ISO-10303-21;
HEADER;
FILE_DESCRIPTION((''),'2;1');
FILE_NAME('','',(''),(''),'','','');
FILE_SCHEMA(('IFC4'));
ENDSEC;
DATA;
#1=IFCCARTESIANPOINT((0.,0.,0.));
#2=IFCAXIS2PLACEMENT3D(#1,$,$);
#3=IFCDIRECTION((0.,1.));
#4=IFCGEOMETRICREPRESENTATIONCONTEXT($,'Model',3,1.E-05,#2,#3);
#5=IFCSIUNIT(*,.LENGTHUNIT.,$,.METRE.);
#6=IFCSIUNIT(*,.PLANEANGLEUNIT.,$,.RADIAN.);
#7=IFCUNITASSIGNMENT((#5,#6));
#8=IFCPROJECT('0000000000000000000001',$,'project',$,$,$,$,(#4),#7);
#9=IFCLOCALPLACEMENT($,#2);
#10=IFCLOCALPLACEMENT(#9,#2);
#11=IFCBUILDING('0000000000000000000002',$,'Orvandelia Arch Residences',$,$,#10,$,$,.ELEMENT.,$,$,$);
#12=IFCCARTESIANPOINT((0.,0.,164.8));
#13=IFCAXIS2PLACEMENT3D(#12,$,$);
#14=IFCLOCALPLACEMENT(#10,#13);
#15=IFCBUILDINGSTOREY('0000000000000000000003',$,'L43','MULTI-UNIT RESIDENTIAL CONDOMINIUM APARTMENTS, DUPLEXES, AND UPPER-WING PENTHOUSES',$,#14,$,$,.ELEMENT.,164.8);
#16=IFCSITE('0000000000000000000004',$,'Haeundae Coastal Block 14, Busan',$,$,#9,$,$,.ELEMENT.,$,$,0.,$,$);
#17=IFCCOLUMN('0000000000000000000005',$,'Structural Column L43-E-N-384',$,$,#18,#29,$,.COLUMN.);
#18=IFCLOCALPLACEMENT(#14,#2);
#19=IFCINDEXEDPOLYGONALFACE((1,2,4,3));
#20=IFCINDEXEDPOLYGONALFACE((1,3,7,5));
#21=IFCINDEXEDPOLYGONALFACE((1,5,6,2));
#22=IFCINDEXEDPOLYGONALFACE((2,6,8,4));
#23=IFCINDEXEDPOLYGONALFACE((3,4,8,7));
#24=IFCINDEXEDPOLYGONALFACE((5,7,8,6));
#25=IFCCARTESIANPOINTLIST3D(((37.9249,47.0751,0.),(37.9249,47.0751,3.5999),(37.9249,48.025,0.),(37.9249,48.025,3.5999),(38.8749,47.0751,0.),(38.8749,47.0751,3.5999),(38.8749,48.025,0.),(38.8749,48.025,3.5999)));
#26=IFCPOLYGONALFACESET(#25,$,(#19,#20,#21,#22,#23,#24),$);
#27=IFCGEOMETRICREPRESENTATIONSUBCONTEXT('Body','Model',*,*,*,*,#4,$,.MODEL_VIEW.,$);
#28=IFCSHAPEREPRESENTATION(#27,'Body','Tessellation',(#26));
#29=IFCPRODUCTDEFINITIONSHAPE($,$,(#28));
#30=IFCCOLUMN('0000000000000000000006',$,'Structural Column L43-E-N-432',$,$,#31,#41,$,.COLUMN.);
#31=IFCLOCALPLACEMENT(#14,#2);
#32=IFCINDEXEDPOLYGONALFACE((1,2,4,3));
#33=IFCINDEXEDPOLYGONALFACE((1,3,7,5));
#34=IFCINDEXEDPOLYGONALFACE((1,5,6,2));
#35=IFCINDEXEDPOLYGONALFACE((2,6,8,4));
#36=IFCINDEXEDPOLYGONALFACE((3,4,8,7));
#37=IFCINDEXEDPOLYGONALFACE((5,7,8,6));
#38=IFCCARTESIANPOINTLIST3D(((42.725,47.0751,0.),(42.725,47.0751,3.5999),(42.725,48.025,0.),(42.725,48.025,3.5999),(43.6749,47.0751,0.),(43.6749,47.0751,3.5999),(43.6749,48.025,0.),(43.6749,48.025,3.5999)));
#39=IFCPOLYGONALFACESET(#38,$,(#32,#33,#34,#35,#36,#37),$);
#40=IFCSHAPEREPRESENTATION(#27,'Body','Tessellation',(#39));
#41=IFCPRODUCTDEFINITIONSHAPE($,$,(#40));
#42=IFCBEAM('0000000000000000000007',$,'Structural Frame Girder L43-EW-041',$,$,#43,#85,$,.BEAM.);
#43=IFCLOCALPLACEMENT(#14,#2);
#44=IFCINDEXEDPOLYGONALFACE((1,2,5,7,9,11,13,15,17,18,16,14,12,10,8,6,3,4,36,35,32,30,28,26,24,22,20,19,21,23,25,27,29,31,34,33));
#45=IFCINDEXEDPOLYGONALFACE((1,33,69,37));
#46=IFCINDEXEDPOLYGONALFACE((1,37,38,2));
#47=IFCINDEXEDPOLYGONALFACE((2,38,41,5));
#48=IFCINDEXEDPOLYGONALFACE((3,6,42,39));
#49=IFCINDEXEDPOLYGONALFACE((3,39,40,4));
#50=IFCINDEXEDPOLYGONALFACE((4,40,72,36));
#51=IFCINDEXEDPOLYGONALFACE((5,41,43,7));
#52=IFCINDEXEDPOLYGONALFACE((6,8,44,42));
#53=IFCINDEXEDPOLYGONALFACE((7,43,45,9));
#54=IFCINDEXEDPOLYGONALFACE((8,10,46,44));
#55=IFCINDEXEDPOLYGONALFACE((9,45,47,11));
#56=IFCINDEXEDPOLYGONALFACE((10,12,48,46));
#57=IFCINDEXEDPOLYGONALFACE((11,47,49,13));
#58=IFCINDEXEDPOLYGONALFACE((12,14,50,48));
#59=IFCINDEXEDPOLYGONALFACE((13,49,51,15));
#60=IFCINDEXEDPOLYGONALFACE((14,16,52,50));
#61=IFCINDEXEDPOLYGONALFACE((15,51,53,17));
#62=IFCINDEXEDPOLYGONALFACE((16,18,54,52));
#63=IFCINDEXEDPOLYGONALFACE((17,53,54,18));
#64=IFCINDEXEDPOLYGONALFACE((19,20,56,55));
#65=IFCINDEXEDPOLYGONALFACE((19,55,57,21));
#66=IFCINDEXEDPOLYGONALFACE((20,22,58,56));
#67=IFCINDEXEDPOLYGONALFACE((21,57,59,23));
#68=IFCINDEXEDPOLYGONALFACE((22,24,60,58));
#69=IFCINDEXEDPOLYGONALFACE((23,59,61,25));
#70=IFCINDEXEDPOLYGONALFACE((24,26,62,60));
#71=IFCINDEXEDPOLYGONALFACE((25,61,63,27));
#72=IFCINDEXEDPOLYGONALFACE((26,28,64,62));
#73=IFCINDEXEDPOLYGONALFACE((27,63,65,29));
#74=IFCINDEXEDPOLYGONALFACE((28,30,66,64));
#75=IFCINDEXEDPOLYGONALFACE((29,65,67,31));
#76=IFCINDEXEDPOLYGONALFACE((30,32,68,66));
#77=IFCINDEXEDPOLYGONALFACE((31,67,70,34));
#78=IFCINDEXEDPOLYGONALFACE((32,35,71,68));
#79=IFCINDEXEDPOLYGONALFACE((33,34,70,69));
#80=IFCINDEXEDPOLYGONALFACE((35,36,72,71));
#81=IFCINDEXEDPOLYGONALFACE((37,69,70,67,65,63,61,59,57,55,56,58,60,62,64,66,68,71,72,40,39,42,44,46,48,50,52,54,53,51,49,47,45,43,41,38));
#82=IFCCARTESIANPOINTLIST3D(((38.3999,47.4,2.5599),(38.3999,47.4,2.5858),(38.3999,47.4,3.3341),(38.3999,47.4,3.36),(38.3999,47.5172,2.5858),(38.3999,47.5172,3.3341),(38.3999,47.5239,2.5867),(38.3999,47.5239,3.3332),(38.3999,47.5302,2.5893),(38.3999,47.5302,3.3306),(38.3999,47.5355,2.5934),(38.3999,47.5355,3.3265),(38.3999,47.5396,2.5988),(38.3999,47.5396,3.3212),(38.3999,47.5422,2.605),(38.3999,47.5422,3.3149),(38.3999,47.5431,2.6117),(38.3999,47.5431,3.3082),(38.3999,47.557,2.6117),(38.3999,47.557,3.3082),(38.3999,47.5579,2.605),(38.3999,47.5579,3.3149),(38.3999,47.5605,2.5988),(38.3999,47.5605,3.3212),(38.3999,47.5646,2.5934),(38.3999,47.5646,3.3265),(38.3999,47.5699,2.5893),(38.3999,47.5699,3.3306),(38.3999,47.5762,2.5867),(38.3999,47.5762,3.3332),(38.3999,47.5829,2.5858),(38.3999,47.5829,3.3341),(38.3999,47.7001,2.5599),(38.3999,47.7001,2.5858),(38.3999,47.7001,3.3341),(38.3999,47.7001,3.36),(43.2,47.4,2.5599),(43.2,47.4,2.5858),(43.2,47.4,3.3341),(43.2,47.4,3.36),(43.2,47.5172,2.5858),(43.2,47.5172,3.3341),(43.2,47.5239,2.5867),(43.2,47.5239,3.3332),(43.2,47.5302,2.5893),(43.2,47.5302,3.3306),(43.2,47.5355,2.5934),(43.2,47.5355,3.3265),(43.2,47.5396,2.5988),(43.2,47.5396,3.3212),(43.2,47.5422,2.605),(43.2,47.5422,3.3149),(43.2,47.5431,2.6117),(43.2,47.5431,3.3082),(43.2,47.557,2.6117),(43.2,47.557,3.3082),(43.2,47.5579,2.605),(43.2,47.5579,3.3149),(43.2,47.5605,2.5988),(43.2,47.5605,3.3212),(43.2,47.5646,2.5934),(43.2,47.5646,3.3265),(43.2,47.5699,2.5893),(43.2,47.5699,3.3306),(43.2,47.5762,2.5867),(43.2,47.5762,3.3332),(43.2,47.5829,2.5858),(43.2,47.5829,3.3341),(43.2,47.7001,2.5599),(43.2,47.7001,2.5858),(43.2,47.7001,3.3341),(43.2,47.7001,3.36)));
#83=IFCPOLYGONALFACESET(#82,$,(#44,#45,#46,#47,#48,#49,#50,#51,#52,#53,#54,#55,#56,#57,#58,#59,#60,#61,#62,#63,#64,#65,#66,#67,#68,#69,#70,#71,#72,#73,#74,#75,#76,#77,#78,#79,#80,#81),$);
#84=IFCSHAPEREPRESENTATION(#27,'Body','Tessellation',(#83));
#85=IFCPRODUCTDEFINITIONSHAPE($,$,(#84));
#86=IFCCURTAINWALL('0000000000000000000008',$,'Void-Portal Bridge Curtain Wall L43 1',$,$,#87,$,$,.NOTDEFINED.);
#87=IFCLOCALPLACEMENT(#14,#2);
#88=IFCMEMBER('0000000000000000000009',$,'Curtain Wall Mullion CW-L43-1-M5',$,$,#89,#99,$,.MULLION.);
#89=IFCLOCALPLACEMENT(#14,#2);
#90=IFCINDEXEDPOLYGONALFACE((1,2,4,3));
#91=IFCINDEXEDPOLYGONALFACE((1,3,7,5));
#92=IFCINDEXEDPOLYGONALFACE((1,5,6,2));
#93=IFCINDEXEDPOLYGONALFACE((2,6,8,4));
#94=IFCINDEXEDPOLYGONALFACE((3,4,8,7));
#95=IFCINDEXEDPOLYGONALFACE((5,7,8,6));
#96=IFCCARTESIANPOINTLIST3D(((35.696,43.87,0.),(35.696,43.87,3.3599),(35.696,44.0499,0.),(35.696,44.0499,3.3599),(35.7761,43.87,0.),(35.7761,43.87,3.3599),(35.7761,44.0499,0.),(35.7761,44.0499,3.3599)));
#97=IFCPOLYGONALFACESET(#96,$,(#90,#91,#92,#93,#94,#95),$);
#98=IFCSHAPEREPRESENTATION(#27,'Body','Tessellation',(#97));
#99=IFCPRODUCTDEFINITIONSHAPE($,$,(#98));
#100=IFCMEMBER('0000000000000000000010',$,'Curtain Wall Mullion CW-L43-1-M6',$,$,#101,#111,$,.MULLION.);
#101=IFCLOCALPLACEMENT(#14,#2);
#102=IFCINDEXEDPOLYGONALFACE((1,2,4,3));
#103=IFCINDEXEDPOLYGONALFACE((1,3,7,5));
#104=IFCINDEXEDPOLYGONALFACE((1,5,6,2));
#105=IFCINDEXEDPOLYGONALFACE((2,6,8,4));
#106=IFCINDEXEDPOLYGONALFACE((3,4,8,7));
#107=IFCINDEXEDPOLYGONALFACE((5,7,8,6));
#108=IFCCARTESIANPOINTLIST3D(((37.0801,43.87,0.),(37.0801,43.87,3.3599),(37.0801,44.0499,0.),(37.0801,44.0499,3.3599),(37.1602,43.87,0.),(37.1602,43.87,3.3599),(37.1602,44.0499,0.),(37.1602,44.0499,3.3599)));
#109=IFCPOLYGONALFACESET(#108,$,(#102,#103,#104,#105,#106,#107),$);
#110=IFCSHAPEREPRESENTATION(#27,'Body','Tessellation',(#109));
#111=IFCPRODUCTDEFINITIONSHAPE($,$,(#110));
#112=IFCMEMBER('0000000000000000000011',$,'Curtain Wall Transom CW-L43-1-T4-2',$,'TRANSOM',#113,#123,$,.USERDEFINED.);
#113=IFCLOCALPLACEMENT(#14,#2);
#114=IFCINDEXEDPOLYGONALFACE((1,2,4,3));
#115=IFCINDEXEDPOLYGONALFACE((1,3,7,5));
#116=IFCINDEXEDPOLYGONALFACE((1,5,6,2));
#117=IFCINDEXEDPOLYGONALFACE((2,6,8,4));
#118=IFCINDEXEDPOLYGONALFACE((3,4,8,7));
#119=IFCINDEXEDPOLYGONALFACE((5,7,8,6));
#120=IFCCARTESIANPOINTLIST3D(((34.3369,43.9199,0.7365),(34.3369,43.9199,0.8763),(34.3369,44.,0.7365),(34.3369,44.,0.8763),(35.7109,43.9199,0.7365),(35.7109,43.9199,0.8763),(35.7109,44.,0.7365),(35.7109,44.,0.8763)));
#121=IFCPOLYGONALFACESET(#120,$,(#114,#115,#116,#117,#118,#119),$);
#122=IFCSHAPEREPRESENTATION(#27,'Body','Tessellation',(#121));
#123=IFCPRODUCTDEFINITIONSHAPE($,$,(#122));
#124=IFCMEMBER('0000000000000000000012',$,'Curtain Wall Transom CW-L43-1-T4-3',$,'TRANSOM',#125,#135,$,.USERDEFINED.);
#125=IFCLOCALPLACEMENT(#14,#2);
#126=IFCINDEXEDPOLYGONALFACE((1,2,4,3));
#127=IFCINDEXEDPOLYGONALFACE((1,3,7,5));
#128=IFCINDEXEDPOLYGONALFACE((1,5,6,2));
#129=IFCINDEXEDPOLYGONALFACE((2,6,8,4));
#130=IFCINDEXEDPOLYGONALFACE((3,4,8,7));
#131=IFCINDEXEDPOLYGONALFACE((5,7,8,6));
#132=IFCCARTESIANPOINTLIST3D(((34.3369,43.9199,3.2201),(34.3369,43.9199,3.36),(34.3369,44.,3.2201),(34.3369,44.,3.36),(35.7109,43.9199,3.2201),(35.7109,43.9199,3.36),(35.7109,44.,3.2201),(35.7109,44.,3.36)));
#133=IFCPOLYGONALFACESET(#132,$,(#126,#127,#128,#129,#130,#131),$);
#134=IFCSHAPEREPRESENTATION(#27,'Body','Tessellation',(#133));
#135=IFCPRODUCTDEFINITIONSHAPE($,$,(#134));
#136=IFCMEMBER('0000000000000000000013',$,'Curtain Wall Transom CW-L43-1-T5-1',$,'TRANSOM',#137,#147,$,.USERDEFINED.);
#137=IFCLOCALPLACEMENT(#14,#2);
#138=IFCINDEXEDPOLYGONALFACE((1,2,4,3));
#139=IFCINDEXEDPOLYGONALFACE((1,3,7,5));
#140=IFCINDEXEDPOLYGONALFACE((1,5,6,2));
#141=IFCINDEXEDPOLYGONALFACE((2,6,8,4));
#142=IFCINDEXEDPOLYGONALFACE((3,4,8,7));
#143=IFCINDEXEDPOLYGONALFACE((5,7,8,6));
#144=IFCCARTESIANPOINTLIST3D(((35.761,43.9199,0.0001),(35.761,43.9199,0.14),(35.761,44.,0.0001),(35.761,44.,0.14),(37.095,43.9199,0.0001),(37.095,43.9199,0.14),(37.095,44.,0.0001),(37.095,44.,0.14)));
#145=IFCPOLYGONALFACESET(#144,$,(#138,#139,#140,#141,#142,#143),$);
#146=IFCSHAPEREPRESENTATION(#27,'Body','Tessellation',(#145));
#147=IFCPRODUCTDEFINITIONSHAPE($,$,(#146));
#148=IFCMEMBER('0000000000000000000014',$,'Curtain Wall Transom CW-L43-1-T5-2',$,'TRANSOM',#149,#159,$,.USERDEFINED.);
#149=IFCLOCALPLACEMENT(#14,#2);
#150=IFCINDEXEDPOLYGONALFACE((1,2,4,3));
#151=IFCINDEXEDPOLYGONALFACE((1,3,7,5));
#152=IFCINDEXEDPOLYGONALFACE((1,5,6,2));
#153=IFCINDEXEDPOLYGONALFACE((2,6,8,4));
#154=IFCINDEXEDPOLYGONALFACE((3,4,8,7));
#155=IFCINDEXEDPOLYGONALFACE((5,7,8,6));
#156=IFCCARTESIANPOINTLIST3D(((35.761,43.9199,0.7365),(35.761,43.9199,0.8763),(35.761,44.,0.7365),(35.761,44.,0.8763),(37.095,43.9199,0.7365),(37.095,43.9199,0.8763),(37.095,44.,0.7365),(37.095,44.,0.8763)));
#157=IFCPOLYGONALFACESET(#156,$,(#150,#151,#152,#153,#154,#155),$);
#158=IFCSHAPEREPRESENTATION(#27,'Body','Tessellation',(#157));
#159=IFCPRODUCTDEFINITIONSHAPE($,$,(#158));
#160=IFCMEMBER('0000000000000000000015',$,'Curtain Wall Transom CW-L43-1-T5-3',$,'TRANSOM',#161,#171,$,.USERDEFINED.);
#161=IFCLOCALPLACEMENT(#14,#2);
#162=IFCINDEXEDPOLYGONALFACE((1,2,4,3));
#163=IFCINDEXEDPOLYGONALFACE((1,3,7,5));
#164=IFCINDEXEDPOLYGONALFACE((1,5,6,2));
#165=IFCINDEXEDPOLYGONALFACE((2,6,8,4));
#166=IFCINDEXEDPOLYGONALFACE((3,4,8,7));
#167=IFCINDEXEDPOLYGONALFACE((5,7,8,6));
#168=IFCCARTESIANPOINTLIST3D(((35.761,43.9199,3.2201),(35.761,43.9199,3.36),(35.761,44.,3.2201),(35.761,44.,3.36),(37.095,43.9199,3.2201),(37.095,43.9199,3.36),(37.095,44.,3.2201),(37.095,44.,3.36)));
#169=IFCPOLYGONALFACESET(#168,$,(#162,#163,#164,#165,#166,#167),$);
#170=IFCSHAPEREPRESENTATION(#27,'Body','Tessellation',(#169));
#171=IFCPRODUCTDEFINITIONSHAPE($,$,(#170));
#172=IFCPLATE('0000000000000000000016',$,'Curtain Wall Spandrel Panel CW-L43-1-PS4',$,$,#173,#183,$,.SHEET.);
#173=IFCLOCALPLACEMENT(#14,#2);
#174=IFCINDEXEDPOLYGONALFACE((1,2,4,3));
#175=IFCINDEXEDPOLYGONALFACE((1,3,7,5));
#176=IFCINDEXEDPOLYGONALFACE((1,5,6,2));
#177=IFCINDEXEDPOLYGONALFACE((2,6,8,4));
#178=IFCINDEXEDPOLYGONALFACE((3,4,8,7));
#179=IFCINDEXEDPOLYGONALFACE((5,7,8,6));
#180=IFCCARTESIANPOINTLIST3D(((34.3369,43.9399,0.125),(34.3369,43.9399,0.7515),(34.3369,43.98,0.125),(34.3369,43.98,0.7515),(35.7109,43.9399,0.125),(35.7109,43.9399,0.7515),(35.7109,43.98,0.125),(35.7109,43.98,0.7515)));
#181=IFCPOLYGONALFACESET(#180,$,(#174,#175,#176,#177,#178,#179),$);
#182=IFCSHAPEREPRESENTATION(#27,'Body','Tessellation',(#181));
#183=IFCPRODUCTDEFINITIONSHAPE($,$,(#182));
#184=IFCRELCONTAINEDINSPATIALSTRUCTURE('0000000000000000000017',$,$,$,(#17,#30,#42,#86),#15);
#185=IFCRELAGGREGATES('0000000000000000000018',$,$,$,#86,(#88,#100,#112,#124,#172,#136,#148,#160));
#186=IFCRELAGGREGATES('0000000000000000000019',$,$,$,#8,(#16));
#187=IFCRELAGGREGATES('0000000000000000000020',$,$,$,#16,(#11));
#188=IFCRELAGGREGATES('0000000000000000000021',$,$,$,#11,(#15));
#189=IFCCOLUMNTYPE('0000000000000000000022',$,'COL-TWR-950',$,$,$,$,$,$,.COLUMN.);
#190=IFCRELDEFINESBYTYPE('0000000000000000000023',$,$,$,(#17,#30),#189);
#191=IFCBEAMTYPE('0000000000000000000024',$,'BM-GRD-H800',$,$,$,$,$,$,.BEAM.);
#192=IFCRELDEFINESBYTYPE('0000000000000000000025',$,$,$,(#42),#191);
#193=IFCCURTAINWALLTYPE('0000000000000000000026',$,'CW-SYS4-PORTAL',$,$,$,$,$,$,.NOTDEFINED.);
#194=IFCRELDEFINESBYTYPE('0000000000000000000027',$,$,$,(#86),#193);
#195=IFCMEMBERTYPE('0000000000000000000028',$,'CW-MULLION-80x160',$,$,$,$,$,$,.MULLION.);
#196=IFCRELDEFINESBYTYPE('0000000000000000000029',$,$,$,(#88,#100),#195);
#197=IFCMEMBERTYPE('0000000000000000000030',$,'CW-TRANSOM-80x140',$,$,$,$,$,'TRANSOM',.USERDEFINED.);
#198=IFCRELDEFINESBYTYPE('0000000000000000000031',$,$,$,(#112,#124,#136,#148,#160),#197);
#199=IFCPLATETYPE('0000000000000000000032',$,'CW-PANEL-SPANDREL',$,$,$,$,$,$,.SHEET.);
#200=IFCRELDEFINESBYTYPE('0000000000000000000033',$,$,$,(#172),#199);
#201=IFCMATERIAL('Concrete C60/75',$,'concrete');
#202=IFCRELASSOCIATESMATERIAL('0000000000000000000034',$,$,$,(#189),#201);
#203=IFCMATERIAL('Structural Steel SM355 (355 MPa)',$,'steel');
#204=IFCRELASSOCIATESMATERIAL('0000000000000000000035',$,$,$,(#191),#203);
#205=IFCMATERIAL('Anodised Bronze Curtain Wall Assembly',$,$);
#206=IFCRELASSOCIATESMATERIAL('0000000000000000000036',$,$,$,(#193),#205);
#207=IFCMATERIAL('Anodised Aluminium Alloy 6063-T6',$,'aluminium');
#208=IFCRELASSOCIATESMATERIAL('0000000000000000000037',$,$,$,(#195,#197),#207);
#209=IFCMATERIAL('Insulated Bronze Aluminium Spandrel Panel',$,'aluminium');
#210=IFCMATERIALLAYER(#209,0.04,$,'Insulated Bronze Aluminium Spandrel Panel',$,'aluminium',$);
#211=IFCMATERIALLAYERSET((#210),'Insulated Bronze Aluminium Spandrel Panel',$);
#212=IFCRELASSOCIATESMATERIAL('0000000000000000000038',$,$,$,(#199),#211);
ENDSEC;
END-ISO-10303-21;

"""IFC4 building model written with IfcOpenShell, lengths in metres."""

from ifc_helpers import new_model, si_unit, direction, frame, origin, origin_2d, place, context, subcontext, project, spatial, rectangle, i_section, extrude, material, layer, layer_set, material_profile, profile_set, type_object, element, aggregate, save


model = new_model("IFC4")

# Units and contexts
model_context = context("Model", 3, precision=1e-05, world=origin(), true_north=direction((0.0, 1.0)))
body_context = subcontext(model_context, "Body", "Model", "MODEL_VIEW")
ifc_project = project(units=[si_unit("LENGTHUNIT", "METRE"), si_unit("PLANEANGLEUNIT", "RADIAN")], contexts=[model_context])

# Site, building, storey
site_placement = place(None, origin())
site = spatial("IfcSite", under=ifc_project, at=site_placement, Name="Haeundae Coastal Block 14, Busan", CompositionType="ELEMENT", RefElevation=0.0)
building_placement = place(site_placement, origin())
building = spatial("IfcBuilding", under=site, at=building_placement, Name="Orvandelia Arch Residences", CompositionType="ELEMENT")
storey_placement = place(building_placement, frame((0.0, 0.0, 164.8)))
storey = spatial("IfcBuildingStorey", under=building, at=storey_placement, Name="L43", Description="MULTI-UNIT RESIDENTIAL CONDOMINIUM APARTMENTS, DUPLEXES, AND UPPER-WING PENTHOUSES", CompositionType="ELEMENT", Elevation=164.8)

# Columns
ifc_material_1 = material(Name="Concrete C60/75", Category="concrete")
ifc_material_profile_1 = material_profile(ifc_material_1, rectangle(XDim=0.95, YDim=0.95, at=origin_2d()), Name="Concrete C60/75", Category="concrete")
ifc_profile_set_1 = profile_set([ifc_material_profile_1], Name="Concrete C60/75")
column_type = type_object("IfcColumnType", Name="COL-TWR-950", PredefinedType="COLUMN", material=ifc_profile_set_1)
for number, where, z_axis, x_axis, name in (
    (1, (38.3999, 47.55, 0.0), (0.0, 0.0, 1.0), (1.0, 0.0, 0.0), "Structural Column L43-E-N-384"),
    (2, (43.2, 47.55, 0.0), (0.0, 0.0, 1.0), (1.0, 0.0, 0.0), "Structural Column L43-E-N-432"),
):
    element("IfcColumn", number, at=place(storey_placement, frame(where, z_axis=z_axis, x_axis=x_axis)), inside=storey, type_object=column_type, Name=name, PredefinedType="COLUMN", context=body_context, shape_type="SweptSolid", body=[
        extrude(rectangle(XDim=0.95, YDim=0.95, at=origin_2d()), origin(), (0.0, 0.0, 1.0), 3.5999),
    ])

# Beam
ifc_material_2 = material(Name="Structural Steel SM355 (355 MPa)", Category="steel")
ifc_material_profile_2 = material_profile(ifc_material_2, i_section(OverallWidth=0.3, OverallDepth=0.8, WebThickness=0.0139, FlangeThickness=0.0259, FilletRadius=0.0259, at=origin_2d()), Name="Structural Steel SM355 (355 MPa)", Category="steel")
ifc_profile_set_2 = profile_set([ifc_material_profile_2], Name="Structural Steel SM355 (355 MPa)")
beam_type = type_object("IfcBeamType", Name="BM-GRD-H800", PredefinedType="BEAM", material=ifc_profile_set_2)
beam_placement = place(storey_placement, frame((38.3999, 47.55, 2.96), z_axis=(1.0, 0.0, 0.0), x_axis=(0.0, 1.0, 0.0)))
element("IfcBeam", 3, at=beam_placement, inside=storey, type_object=beam_type, Name="Structural Frame Girder L43-EW-041", PredefinedType="BEAM", context=body_context, shape_type="SweptSolid", body=[
    extrude(i_section(OverallWidth=0.3, OverallDepth=0.8, WebThickness=0.0139, FlangeThickness=0.0259, FilletRadius=0.0259, at=origin_2d()), origin(), (0.0, 0.0, 1.0), 4.8),
])

# Curtain wall, members, plate
ifc_material_3 = material(Name="Anodised Bronze Curtain Wall Assembly")
curtain_wall_type = type_object("IfcCurtainWallType", Name="CW-SYS4-PORTAL", PredefinedType="NOTDEFINED", material=ifc_material_3)
curtain_wall_placement = place(storey_placement, origin())
curtain_wall = element("IfcCurtainWall", 4, at=curtain_wall_placement, inside=storey, type_object=curtain_wall_type, Name="Void-Portal Bridge Curtain Wall L43 1", PredefinedType="NOTDEFINED")
ifc_material_4 = material(Name="Anodised Aluminium Alloy 6063-T6", Category="aluminium")
ifc_material_profile_3 = material_profile(ifc_material_4, rectangle(XDim=0.0801, YDim=0.1799, at=origin_2d()), Name="Anodised Aluminium Alloy 6063-T6", Category="aluminium")
ifc_profile_set_3 = profile_set([ifc_material_profile_3], Name="Anodised Aluminium Alloy 6063-T6")
member_type_1 = type_object("IfcMemberType", Name="CW-MULLION-80x160", PredefinedType="MULLION", material=ifc_profile_set_3)
member_1_placement = place(storey_placement, frame((35.7361, 43.96, 0.0), z_axis=(0.0, 0.0, 1.0), x_axis=(1.0, 0.0, 0.0)))
member_1 = element("IfcMember", 5, at=member_1_placement, type_object=member_type_1, Name="Curtain Wall Mullion CW-L43-1-M5", PredefinedType="MULLION", context=body_context, shape_type="SweptSolid", body=[
    extrude(rectangle(XDim=0.0801, YDim=0.1799, at=origin_2d()), origin(), (0.0, 0.0, 1.0), 3.3599),
])
member_2_placement = place(storey_placement, frame((37.1201, 43.96, 0.0), z_axis=(0.0, 0.0, 1.0), x_axis=(1.0, 0.0, 0.0)))
member_2 = element("IfcMember", 6, at=member_2_placement, type_object=member_type_1, Name="Curtain Wall Mullion CW-L43-1-M6", PredefinedType="MULLION", context=body_context, shape_type="SweptSolid", body=[
    extrude(rectangle(XDim=0.0801, YDim=0.1799, at=origin_2d()), origin(), (0.0, 0.0, 1.0), 3.3599),
])
ifc_material_profile_4 = material_profile(ifc_material_4, rectangle(XDim=0.0801, YDim=0.1399, at=origin_2d()), Name="Anodised Aluminium Alloy 6063-T6", Category="aluminium")
ifc_profile_set_4 = profile_set([ifc_material_profile_4], Name="Anodised Aluminium Alloy 6063-T6")
member_type_2 = type_object("IfcMemberType", Name="CW-TRANSOM-80x140", ElementType="TRANSOM", PredefinedType="USERDEFINED", material=ifc_profile_set_4)
member_3_placement = place(storey_placement, frame((34.3369, 43.96, 0.8064), z_axis=(1.0, 0.0, 0.0), x_axis=(0.0, 1.0, 0.0)))
member_3 = element("IfcMember", 7, at=member_3_placement, type_object=member_type_2, Name="Curtain Wall Transom CW-L43-1-T4-2", ObjectType="TRANSOM", PredefinedType="USERDEFINED", context=body_context, shape_type="SweptSolid", body=[
    extrude(rectangle(XDim=0.0801, YDim=0.1399, at=origin_2d()), origin(), (0.0, 0.0, 1.0), 1.374),
])
member_4_placement = place(storey_placement, frame((34.3369, 43.96, 3.29), z_axis=(1.0, 0.0, 0.0), x_axis=(0.0, 1.0, 0.0)))
member_4 = element("IfcMember", 8, at=member_4_placement, type_object=member_type_2, Name="Curtain Wall Transom CW-L43-1-T4-3", ObjectType="TRANSOM", PredefinedType="USERDEFINED", context=body_context, shape_type="SweptSolid", body=[
    extrude(rectangle(XDim=0.0801, YDim=0.1399, at=origin_2d()), origin(), (0.0, 0.0, 1.0), 1.374),
])
member_5_placement = place(storey_placement, frame((35.761, 43.96, 0.0701), z_axis=(1.0, 0.0, 0.0), x_axis=(0.0, 1.0, 0.0)))
member_5 = element("IfcMember", 9, at=member_5_placement, type_object=member_type_2, Name="Curtain Wall Transom CW-L43-1-T5-1", ObjectType="TRANSOM", PredefinedType="USERDEFINED", context=body_context, shape_type="SweptSolid", body=[
    extrude(rectangle(XDim=0.0801, YDim=0.1399, at=origin_2d()), origin(), (0.0, 0.0, 1.0), 1.334),
])
member_6_placement = place(storey_placement, frame((35.761, 43.96, 0.8064), z_axis=(1.0, 0.0, 0.0), x_axis=(0.0, 1.0, 0.0)))
member_6 = element("IfcMember", 10, at=member_6_placement, type_object=member_type_2, Name="Curtain Wall Transom CW-L43-1-T5-2", ObjectType="TRANSOM", PredefinedType="USERDEFINED", context=body_context, shape_type="SweptSolid", body=[
    extrude(rectangle(XDim=0.0801, YDim=0.1399, at=origin_2d()), origin(), (0.0, 0.0, 1.0), 1.334),
])
member_7_placement = place(storey_placement, frame((35.761, 43.96, 3.29), z_axis=(1.0, 0.0, 0.0), x_axis=(0.0, 1.0, 0.0)))
member_7 = element("IfcMember", 11, at=member_7_placement, type_object=member_type_2, Name="Curtain Wall Transom CW-L43-1-T5-3", ObjectType="TRANSOM", PredefinedType="USERDEFINED", context=body_context, shape_type="SweptSolid", body=[
    extrude(rectangle(XDim=0.0801, YDim=0.1399, at=origin_2d()), origin(), (0.0, 0.0, 1.0), 1.334),
])
ifc_material_5 = material(Name="Insulated Bronze Aluminium Spandrel Panel", Category="aluminium")
ifc_layer_1 = layer(ifc_material_5, 0.04, Name="Insulated Bronze Aluminium Spandrel Panel", Category="aluminium")
ifc_layer_set_1 = layer_set([ifc_layer_1], Name="Insulated Bronze Aluminium Spandrel Panel")
plate_type_1 = type_object("IfcPlateType", Name="CW-PANEL-SPANDREL", PredefinedType="SHEET", material=ifc_layer_set_1)
plate_1_placement = place(storey_placement, frame((35.0239, 43.96, 0.125), z_axis=(0.0, 0.0, 1.0), x_axis=(1.0, 0.0, 0.0)))
plate_1 = element("IfcPlate", 12, at=plate_1_placement, type_object=plate_type_1, Name="Curtain Wall Spandrel Panel CW-L43-1-PS4", PredefinedType="SHEET", context=body_context, shape_type="SweptSolid", body=[
    extrude(rectangle(XDim=1.374, YDim=0.04, at=origin_2d()), origin(), (0.0, 0.0, 1.0), 0.6265),
])
aggregate(curtain_wall, [member_1, member_2, member_3, member_4, plate_1, member_5, member_6, member_7])

save(model, "model.ifc")
